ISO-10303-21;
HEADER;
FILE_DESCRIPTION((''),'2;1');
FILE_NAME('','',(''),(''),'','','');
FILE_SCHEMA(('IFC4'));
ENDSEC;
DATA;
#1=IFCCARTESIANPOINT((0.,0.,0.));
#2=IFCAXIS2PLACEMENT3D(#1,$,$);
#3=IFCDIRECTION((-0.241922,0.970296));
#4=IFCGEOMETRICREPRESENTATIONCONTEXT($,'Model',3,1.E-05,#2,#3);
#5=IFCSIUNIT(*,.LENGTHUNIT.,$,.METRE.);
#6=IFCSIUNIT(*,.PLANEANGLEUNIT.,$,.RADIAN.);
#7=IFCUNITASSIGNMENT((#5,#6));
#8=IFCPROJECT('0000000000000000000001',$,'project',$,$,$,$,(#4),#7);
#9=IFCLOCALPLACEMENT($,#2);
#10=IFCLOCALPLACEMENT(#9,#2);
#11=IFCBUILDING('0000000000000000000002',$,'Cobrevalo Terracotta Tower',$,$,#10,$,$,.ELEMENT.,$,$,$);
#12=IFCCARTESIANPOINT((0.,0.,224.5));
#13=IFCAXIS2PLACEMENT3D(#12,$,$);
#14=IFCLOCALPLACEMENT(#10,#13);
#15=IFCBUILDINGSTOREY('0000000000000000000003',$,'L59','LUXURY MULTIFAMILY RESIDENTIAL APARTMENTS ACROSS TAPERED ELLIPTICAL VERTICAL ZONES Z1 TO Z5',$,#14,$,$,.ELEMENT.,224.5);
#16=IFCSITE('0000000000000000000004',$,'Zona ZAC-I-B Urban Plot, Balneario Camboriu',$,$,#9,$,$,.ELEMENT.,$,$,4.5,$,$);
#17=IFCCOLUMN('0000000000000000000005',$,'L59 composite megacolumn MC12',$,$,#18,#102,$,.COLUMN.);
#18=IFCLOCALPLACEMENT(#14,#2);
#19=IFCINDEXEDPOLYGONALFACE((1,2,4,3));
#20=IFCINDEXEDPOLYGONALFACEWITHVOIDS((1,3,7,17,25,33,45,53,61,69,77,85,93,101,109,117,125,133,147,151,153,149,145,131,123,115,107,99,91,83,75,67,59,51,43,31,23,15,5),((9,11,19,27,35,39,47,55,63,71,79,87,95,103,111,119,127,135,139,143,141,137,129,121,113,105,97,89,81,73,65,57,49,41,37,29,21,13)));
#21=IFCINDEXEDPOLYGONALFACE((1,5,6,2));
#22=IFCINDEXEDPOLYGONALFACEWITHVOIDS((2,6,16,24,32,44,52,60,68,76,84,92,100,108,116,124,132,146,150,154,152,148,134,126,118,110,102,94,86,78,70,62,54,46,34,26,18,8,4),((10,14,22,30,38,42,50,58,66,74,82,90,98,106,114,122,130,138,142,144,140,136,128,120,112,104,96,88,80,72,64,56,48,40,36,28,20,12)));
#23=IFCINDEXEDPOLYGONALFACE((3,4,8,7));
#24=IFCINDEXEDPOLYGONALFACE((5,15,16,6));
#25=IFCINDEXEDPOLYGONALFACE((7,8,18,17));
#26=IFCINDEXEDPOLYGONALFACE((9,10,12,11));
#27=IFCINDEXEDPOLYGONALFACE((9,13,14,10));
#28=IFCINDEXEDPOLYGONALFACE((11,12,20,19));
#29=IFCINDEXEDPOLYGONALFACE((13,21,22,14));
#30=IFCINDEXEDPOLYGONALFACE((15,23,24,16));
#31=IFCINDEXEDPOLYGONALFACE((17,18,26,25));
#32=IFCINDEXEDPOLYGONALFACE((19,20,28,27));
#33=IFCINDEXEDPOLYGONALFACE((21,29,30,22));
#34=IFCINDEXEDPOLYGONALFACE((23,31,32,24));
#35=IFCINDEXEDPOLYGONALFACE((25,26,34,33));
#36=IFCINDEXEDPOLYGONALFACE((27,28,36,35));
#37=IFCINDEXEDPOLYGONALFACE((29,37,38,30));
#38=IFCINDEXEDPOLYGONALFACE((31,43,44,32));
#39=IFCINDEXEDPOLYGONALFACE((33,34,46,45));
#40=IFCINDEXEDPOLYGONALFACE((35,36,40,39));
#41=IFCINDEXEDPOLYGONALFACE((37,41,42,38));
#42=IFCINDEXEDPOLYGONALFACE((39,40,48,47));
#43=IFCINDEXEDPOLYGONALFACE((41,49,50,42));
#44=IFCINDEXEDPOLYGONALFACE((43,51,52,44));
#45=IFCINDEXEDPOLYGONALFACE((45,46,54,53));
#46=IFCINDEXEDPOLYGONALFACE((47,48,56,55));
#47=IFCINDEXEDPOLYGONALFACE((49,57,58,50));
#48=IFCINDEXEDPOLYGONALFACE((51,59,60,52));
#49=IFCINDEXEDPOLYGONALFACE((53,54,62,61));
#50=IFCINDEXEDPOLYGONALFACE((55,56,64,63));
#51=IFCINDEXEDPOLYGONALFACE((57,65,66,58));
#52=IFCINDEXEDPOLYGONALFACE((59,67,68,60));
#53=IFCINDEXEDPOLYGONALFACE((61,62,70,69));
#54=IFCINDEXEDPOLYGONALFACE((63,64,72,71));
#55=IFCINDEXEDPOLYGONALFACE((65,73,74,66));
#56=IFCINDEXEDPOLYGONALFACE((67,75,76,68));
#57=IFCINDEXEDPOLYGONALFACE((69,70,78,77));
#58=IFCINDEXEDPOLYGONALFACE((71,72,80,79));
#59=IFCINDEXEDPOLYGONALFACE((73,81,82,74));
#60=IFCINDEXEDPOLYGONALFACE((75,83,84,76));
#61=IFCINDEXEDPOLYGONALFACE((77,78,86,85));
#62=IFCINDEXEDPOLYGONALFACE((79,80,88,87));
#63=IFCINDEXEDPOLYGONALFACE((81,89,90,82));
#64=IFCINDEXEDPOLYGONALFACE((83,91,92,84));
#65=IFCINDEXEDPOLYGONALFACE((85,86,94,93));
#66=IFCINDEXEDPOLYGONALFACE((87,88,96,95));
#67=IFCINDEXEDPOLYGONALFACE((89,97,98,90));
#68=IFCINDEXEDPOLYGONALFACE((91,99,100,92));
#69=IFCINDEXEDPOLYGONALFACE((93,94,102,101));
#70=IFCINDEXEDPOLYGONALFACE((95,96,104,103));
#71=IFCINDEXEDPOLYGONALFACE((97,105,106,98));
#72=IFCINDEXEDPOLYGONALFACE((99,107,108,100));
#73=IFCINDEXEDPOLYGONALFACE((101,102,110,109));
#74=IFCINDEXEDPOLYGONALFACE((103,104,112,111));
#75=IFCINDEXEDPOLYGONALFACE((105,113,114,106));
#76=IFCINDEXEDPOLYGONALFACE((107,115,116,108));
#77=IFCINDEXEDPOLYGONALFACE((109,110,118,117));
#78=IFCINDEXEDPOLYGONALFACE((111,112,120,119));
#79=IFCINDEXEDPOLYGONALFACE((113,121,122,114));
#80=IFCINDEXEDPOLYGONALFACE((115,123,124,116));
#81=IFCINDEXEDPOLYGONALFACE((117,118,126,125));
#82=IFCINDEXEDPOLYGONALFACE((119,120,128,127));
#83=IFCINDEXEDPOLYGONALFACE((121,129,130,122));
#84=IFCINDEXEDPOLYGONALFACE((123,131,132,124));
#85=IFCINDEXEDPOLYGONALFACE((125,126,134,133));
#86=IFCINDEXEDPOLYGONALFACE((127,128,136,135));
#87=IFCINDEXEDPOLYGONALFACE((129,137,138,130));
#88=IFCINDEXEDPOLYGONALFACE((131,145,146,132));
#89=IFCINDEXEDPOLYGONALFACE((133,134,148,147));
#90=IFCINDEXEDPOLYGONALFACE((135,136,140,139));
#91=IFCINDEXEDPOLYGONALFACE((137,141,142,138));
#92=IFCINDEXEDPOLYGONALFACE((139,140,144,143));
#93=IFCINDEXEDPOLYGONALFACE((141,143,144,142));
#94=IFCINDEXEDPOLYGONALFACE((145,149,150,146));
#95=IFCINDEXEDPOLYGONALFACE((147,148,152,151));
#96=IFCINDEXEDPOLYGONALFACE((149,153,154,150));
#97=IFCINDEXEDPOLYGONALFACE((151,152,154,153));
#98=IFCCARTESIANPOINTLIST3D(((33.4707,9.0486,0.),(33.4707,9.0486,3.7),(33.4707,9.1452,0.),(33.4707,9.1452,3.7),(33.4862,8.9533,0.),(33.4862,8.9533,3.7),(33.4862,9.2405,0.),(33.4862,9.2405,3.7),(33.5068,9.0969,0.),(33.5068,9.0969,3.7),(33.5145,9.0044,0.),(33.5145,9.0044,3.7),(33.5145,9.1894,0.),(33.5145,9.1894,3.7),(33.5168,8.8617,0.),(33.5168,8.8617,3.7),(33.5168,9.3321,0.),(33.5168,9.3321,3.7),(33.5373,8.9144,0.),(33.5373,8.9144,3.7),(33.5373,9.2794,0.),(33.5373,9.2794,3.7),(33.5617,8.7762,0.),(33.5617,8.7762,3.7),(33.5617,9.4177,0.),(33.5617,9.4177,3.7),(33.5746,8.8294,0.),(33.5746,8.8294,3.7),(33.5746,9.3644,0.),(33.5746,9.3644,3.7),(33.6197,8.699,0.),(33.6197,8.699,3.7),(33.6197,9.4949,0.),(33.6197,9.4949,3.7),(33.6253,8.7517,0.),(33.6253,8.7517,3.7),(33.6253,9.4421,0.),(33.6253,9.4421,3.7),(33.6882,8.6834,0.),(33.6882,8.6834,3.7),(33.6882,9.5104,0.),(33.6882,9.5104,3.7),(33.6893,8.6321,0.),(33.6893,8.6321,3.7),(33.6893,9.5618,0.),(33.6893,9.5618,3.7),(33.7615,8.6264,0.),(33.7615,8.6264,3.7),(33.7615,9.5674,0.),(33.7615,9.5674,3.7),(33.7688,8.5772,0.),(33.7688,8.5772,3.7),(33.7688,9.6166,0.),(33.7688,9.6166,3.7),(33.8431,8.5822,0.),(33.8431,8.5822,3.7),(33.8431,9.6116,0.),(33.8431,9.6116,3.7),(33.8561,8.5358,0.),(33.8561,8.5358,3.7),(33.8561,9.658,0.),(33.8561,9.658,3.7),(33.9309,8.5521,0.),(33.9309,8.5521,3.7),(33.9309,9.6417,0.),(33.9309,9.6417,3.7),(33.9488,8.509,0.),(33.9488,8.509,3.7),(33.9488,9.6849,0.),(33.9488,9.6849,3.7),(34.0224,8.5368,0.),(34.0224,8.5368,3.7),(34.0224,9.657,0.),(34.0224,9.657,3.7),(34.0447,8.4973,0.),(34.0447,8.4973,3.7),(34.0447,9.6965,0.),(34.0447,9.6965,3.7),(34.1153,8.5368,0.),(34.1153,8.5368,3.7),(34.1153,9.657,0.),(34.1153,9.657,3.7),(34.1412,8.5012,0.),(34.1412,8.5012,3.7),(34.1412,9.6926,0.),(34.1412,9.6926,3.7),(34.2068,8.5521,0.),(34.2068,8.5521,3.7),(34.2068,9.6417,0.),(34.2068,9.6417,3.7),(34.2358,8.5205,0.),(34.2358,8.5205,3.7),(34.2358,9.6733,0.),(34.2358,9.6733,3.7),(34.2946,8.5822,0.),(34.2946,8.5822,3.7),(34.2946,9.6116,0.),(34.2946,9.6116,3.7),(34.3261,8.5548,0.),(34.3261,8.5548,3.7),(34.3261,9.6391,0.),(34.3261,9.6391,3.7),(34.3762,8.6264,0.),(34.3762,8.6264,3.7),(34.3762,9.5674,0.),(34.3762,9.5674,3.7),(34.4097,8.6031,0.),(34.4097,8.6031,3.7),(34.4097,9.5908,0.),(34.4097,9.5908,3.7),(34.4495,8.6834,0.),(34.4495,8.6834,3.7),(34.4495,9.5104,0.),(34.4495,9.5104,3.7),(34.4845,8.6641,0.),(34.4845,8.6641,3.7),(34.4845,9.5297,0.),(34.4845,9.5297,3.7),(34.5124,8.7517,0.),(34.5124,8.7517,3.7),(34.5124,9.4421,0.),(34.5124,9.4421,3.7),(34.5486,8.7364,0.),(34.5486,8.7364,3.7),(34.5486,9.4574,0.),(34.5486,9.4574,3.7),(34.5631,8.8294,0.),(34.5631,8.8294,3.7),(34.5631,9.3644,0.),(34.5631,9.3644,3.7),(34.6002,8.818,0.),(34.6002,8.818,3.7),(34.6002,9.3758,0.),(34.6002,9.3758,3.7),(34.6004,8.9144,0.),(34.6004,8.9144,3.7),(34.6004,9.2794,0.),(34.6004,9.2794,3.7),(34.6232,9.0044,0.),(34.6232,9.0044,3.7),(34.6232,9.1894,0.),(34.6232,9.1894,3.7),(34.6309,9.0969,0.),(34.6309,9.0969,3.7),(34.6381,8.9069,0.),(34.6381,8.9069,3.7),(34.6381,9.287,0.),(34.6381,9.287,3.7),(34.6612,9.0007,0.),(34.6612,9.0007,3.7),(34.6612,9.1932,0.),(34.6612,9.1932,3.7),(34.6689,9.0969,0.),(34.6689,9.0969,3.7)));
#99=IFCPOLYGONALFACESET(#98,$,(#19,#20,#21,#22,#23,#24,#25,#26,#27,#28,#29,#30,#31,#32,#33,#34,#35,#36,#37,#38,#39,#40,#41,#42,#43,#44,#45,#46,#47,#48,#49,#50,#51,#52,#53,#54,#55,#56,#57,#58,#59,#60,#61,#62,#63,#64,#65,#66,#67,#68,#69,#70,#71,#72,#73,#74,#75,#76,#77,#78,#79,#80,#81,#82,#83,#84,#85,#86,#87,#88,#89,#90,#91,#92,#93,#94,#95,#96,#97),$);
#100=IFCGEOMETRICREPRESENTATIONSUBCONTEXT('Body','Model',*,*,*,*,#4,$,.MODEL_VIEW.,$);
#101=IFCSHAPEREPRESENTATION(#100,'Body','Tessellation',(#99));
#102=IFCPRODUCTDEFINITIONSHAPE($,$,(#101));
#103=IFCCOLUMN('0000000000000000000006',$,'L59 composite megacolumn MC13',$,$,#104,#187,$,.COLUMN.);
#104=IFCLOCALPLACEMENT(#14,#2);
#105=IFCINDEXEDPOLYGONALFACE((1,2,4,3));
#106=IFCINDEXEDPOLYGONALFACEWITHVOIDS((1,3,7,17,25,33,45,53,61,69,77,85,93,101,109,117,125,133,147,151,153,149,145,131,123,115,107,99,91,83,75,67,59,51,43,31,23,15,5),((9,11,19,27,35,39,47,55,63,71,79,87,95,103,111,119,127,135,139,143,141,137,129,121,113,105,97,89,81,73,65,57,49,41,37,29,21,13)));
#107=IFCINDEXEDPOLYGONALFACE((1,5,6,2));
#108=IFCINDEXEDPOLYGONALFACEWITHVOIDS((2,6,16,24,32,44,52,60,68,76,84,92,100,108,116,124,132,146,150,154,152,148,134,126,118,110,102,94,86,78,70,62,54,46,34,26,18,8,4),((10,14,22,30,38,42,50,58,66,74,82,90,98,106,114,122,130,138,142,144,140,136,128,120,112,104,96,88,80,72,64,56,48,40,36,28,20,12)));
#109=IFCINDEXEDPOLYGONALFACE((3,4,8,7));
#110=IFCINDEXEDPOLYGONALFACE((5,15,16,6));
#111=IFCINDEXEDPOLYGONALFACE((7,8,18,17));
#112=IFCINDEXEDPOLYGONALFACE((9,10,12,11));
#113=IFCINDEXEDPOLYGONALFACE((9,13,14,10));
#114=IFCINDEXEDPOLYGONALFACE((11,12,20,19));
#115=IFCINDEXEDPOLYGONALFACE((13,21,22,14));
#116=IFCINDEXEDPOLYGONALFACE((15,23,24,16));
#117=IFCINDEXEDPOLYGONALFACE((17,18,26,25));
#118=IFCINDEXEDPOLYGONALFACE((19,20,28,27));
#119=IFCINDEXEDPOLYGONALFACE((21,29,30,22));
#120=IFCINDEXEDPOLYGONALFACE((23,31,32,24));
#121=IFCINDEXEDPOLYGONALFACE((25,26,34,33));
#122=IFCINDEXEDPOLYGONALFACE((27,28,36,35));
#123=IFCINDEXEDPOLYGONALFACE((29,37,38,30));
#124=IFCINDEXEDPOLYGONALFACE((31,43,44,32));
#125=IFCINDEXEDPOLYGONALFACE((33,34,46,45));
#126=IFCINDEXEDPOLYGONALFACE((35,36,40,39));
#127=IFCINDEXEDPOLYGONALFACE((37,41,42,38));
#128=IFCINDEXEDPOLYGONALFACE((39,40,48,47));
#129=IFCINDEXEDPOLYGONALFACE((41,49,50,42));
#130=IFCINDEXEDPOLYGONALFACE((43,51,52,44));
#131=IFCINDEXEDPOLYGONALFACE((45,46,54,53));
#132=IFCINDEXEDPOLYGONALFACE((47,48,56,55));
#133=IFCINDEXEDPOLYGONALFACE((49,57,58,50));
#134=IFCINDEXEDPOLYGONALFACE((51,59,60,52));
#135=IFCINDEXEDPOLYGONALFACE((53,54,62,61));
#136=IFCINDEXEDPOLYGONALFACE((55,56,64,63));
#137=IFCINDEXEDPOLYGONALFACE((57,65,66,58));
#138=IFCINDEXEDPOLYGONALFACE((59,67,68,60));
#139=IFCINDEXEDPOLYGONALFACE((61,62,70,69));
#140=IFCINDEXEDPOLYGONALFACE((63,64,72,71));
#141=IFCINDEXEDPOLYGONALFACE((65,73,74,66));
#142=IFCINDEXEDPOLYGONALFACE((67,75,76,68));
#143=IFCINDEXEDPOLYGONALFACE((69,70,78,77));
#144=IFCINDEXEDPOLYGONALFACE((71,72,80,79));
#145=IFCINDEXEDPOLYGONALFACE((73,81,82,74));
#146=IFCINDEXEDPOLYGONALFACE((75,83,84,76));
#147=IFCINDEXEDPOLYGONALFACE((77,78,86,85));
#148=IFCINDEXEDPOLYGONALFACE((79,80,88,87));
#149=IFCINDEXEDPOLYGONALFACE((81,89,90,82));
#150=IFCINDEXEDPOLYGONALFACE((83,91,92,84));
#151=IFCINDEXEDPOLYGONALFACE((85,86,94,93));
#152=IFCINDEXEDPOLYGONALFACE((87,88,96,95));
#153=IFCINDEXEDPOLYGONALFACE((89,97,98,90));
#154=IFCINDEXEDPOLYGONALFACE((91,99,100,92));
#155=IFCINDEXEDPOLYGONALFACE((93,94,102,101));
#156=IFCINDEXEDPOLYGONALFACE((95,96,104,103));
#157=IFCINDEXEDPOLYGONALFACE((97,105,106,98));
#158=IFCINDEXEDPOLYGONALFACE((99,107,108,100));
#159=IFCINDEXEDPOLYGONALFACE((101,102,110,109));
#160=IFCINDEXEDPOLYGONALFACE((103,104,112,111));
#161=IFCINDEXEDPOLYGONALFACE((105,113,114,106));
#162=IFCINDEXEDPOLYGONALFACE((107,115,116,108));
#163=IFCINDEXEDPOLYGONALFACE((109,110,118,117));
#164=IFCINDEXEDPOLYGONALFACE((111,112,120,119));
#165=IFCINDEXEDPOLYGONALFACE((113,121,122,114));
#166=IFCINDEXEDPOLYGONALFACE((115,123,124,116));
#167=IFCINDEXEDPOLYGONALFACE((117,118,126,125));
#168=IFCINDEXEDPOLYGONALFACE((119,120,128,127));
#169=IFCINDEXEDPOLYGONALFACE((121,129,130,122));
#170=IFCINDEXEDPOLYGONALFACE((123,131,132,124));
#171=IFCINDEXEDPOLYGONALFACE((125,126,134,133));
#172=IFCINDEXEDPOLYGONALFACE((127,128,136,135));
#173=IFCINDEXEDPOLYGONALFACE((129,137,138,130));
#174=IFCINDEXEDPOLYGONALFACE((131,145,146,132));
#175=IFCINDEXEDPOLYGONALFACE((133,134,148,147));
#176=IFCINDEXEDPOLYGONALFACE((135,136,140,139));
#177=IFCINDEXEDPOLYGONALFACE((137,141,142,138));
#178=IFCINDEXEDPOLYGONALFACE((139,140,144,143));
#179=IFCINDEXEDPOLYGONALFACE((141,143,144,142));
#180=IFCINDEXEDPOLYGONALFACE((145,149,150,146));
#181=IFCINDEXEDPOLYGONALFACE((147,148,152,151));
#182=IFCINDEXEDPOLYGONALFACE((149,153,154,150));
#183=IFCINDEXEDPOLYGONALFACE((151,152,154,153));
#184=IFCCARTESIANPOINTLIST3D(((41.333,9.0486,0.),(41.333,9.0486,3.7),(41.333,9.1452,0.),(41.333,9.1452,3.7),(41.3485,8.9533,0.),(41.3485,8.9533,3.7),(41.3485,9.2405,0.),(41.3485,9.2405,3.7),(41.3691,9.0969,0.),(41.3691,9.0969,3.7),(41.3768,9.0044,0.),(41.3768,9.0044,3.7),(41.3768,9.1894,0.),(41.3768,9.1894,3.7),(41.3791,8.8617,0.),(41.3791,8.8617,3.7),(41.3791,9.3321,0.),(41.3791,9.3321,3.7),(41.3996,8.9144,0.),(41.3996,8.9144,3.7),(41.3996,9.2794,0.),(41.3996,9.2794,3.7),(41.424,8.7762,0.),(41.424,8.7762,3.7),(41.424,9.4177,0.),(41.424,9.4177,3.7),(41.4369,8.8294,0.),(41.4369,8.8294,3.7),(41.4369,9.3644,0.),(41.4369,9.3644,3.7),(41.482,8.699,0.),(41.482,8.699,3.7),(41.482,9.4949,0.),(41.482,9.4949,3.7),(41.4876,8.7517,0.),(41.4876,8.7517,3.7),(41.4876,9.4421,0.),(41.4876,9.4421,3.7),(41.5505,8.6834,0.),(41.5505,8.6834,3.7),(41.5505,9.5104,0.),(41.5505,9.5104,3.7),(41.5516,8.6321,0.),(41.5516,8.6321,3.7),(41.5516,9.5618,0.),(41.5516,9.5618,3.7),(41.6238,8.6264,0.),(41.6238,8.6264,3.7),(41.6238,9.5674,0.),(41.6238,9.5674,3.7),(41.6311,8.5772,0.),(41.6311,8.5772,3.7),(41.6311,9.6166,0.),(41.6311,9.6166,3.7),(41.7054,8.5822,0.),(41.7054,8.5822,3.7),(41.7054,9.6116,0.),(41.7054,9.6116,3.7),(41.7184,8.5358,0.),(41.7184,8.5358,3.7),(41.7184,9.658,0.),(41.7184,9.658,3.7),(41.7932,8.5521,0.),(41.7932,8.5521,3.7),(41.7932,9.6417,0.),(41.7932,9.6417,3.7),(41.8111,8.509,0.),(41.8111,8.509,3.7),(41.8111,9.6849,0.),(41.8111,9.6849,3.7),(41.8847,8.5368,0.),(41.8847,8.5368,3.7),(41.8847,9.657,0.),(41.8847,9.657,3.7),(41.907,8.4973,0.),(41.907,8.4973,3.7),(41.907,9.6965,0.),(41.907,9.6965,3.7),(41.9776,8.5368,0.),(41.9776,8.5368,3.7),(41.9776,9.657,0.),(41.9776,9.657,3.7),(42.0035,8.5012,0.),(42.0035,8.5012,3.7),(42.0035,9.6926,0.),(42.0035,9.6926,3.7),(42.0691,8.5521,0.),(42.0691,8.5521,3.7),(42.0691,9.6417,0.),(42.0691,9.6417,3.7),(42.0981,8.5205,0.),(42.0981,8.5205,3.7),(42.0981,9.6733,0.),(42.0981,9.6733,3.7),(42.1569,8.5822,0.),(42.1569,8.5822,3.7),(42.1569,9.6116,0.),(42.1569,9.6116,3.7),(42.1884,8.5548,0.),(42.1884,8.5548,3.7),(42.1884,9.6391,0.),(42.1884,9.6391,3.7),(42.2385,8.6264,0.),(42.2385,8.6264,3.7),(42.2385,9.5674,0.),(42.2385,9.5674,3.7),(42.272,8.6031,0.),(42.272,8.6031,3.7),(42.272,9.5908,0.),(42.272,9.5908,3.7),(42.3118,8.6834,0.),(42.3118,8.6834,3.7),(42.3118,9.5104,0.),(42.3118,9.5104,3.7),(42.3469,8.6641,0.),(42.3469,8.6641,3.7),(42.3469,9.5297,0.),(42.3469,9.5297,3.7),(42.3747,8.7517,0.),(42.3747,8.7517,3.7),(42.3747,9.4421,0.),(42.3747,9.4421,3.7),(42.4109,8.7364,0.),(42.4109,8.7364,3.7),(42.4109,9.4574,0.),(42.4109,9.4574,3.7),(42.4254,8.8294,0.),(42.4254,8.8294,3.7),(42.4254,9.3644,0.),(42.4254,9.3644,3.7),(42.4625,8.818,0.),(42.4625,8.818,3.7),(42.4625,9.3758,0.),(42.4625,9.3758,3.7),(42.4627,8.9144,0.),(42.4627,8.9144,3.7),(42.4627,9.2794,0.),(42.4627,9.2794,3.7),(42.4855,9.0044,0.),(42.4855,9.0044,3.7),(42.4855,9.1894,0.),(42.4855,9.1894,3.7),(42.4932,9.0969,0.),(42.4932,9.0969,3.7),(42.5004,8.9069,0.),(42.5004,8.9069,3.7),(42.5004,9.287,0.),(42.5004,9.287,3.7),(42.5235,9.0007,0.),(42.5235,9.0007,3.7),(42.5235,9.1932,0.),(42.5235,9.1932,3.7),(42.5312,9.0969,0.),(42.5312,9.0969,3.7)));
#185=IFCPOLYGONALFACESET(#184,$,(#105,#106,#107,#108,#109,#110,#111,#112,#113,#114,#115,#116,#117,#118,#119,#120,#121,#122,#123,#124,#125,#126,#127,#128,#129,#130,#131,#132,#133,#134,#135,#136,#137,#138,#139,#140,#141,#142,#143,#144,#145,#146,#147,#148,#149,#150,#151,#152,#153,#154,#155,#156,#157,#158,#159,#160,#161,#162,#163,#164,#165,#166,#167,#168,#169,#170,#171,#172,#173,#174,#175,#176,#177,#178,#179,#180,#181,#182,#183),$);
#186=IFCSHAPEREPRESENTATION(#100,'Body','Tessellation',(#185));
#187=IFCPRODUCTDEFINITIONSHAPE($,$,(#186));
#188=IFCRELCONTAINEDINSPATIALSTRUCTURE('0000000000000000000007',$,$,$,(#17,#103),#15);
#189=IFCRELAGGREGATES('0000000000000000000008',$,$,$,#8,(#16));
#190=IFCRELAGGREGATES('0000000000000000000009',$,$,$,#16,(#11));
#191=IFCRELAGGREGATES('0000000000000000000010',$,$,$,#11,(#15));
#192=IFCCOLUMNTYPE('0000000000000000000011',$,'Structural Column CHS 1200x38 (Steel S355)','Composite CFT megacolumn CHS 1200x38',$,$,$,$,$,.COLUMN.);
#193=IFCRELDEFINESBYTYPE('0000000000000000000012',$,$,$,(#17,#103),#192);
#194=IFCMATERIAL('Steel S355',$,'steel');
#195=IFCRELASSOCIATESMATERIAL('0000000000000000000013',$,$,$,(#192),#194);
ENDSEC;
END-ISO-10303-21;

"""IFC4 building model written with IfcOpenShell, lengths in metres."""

from ifc_helpers import new_model, si_unit, direction, frame, origin, origin_2d, place, context, subcontext, project, spatial, hollow_circle, extrude, material, material_profile, profile_set, type_object, element, save


model = new_model("IFC4")

# Units and contexts
model_context = context("Model", 3, precision=1e-05, world=origin(), true_north=direction((-0.241922, 0.970296)))
body_context = subcontext(model_context, "Body", "Model", "MODEL_VIEW")
ifc_project = project(units=[si_unit("LENGTHUNIT", "METRE"), si_unit("PLANEANGLEUNIT", "RADIAN")], contexts=[model_context])

# Site, building, storey
site_placement = place(None, origin())
site = spatial("IfcSite", under=ifc_project, at=site_placement, Name="Zona ZAC-I-B Urban Plot, Balneario Camboriu", CompositionType="ELEMENT", RefElevation=4.5)
building_placement = place(site_placement, origin())
building = spatial("IfcBuilding", under=site, at=building_placement, Name="Cobrevalo Terracotta Tower", CompositionType="ELEMENT")
storey_placement = place(building_placement, frame((0.0, 0.0, 224.5)))
storey = spatial("IfcBuildingStorey", under=building, at=storey_placement, Name="L59", Description="LUXURY MULTIFAMILY RESIDENTIAL APARTMENTS ACROSS TAPERED ELLIPTICAL VERTICAL ZONES Z1 TO Z5", CompositionType="ELEMENT", Elevation=224.5)

# Columns
ifc_material_1 = material(Name="Steel S355", Category="steel")
ifc_material_profile_1 = material_profile(ifc_material_1, hollow_circle(Radius=0.6001, WallThickness=0.0381, at=origin_2d()), Name="CHS 1200x38")
ifc_profile_set_1 = profile_set([ifc_material_profile_1], Name="Steel S355")
column_type = type_object("IfcColumnType", Name="Structural Column CHS 1200x38 (Steel S355)", Description="Composite CFT megacolumn CHS 1200x38", PredefinedType="COLUMN", material=ifc_profile_set_1)
for number, where, z_axis, x_axis, name in (
    (1, (34.0688, 9.0969, 0.0), (0.0, 0.0, 1.0), (1.0, 0.0, 0.0), "L59 composite megacolumn MC12"),
    (2, (41.9312, 9.0969, 0.0), (0.0, 0.0, 1.0), (1.0, 0.0, 0.0), "L59 composite megacolumn MC13"),
):
    element("IfcColumn", number, at=place(storey_placement, frame(where, z_axis=z_axis, x_axis=x_axis)), inside=storey, type_object=column_type, Name=name, PredefinedType="COLUMN", context=body_context, shape_type="SweptSolid", body=[
        extrude(hollow_circle(Radius=0.6001, WallThickness=0.0381, at=origin_2d()), origin(), (0.0, 0.0, 1.0), 3.7),
    ])

save(model, "model.ifc")
